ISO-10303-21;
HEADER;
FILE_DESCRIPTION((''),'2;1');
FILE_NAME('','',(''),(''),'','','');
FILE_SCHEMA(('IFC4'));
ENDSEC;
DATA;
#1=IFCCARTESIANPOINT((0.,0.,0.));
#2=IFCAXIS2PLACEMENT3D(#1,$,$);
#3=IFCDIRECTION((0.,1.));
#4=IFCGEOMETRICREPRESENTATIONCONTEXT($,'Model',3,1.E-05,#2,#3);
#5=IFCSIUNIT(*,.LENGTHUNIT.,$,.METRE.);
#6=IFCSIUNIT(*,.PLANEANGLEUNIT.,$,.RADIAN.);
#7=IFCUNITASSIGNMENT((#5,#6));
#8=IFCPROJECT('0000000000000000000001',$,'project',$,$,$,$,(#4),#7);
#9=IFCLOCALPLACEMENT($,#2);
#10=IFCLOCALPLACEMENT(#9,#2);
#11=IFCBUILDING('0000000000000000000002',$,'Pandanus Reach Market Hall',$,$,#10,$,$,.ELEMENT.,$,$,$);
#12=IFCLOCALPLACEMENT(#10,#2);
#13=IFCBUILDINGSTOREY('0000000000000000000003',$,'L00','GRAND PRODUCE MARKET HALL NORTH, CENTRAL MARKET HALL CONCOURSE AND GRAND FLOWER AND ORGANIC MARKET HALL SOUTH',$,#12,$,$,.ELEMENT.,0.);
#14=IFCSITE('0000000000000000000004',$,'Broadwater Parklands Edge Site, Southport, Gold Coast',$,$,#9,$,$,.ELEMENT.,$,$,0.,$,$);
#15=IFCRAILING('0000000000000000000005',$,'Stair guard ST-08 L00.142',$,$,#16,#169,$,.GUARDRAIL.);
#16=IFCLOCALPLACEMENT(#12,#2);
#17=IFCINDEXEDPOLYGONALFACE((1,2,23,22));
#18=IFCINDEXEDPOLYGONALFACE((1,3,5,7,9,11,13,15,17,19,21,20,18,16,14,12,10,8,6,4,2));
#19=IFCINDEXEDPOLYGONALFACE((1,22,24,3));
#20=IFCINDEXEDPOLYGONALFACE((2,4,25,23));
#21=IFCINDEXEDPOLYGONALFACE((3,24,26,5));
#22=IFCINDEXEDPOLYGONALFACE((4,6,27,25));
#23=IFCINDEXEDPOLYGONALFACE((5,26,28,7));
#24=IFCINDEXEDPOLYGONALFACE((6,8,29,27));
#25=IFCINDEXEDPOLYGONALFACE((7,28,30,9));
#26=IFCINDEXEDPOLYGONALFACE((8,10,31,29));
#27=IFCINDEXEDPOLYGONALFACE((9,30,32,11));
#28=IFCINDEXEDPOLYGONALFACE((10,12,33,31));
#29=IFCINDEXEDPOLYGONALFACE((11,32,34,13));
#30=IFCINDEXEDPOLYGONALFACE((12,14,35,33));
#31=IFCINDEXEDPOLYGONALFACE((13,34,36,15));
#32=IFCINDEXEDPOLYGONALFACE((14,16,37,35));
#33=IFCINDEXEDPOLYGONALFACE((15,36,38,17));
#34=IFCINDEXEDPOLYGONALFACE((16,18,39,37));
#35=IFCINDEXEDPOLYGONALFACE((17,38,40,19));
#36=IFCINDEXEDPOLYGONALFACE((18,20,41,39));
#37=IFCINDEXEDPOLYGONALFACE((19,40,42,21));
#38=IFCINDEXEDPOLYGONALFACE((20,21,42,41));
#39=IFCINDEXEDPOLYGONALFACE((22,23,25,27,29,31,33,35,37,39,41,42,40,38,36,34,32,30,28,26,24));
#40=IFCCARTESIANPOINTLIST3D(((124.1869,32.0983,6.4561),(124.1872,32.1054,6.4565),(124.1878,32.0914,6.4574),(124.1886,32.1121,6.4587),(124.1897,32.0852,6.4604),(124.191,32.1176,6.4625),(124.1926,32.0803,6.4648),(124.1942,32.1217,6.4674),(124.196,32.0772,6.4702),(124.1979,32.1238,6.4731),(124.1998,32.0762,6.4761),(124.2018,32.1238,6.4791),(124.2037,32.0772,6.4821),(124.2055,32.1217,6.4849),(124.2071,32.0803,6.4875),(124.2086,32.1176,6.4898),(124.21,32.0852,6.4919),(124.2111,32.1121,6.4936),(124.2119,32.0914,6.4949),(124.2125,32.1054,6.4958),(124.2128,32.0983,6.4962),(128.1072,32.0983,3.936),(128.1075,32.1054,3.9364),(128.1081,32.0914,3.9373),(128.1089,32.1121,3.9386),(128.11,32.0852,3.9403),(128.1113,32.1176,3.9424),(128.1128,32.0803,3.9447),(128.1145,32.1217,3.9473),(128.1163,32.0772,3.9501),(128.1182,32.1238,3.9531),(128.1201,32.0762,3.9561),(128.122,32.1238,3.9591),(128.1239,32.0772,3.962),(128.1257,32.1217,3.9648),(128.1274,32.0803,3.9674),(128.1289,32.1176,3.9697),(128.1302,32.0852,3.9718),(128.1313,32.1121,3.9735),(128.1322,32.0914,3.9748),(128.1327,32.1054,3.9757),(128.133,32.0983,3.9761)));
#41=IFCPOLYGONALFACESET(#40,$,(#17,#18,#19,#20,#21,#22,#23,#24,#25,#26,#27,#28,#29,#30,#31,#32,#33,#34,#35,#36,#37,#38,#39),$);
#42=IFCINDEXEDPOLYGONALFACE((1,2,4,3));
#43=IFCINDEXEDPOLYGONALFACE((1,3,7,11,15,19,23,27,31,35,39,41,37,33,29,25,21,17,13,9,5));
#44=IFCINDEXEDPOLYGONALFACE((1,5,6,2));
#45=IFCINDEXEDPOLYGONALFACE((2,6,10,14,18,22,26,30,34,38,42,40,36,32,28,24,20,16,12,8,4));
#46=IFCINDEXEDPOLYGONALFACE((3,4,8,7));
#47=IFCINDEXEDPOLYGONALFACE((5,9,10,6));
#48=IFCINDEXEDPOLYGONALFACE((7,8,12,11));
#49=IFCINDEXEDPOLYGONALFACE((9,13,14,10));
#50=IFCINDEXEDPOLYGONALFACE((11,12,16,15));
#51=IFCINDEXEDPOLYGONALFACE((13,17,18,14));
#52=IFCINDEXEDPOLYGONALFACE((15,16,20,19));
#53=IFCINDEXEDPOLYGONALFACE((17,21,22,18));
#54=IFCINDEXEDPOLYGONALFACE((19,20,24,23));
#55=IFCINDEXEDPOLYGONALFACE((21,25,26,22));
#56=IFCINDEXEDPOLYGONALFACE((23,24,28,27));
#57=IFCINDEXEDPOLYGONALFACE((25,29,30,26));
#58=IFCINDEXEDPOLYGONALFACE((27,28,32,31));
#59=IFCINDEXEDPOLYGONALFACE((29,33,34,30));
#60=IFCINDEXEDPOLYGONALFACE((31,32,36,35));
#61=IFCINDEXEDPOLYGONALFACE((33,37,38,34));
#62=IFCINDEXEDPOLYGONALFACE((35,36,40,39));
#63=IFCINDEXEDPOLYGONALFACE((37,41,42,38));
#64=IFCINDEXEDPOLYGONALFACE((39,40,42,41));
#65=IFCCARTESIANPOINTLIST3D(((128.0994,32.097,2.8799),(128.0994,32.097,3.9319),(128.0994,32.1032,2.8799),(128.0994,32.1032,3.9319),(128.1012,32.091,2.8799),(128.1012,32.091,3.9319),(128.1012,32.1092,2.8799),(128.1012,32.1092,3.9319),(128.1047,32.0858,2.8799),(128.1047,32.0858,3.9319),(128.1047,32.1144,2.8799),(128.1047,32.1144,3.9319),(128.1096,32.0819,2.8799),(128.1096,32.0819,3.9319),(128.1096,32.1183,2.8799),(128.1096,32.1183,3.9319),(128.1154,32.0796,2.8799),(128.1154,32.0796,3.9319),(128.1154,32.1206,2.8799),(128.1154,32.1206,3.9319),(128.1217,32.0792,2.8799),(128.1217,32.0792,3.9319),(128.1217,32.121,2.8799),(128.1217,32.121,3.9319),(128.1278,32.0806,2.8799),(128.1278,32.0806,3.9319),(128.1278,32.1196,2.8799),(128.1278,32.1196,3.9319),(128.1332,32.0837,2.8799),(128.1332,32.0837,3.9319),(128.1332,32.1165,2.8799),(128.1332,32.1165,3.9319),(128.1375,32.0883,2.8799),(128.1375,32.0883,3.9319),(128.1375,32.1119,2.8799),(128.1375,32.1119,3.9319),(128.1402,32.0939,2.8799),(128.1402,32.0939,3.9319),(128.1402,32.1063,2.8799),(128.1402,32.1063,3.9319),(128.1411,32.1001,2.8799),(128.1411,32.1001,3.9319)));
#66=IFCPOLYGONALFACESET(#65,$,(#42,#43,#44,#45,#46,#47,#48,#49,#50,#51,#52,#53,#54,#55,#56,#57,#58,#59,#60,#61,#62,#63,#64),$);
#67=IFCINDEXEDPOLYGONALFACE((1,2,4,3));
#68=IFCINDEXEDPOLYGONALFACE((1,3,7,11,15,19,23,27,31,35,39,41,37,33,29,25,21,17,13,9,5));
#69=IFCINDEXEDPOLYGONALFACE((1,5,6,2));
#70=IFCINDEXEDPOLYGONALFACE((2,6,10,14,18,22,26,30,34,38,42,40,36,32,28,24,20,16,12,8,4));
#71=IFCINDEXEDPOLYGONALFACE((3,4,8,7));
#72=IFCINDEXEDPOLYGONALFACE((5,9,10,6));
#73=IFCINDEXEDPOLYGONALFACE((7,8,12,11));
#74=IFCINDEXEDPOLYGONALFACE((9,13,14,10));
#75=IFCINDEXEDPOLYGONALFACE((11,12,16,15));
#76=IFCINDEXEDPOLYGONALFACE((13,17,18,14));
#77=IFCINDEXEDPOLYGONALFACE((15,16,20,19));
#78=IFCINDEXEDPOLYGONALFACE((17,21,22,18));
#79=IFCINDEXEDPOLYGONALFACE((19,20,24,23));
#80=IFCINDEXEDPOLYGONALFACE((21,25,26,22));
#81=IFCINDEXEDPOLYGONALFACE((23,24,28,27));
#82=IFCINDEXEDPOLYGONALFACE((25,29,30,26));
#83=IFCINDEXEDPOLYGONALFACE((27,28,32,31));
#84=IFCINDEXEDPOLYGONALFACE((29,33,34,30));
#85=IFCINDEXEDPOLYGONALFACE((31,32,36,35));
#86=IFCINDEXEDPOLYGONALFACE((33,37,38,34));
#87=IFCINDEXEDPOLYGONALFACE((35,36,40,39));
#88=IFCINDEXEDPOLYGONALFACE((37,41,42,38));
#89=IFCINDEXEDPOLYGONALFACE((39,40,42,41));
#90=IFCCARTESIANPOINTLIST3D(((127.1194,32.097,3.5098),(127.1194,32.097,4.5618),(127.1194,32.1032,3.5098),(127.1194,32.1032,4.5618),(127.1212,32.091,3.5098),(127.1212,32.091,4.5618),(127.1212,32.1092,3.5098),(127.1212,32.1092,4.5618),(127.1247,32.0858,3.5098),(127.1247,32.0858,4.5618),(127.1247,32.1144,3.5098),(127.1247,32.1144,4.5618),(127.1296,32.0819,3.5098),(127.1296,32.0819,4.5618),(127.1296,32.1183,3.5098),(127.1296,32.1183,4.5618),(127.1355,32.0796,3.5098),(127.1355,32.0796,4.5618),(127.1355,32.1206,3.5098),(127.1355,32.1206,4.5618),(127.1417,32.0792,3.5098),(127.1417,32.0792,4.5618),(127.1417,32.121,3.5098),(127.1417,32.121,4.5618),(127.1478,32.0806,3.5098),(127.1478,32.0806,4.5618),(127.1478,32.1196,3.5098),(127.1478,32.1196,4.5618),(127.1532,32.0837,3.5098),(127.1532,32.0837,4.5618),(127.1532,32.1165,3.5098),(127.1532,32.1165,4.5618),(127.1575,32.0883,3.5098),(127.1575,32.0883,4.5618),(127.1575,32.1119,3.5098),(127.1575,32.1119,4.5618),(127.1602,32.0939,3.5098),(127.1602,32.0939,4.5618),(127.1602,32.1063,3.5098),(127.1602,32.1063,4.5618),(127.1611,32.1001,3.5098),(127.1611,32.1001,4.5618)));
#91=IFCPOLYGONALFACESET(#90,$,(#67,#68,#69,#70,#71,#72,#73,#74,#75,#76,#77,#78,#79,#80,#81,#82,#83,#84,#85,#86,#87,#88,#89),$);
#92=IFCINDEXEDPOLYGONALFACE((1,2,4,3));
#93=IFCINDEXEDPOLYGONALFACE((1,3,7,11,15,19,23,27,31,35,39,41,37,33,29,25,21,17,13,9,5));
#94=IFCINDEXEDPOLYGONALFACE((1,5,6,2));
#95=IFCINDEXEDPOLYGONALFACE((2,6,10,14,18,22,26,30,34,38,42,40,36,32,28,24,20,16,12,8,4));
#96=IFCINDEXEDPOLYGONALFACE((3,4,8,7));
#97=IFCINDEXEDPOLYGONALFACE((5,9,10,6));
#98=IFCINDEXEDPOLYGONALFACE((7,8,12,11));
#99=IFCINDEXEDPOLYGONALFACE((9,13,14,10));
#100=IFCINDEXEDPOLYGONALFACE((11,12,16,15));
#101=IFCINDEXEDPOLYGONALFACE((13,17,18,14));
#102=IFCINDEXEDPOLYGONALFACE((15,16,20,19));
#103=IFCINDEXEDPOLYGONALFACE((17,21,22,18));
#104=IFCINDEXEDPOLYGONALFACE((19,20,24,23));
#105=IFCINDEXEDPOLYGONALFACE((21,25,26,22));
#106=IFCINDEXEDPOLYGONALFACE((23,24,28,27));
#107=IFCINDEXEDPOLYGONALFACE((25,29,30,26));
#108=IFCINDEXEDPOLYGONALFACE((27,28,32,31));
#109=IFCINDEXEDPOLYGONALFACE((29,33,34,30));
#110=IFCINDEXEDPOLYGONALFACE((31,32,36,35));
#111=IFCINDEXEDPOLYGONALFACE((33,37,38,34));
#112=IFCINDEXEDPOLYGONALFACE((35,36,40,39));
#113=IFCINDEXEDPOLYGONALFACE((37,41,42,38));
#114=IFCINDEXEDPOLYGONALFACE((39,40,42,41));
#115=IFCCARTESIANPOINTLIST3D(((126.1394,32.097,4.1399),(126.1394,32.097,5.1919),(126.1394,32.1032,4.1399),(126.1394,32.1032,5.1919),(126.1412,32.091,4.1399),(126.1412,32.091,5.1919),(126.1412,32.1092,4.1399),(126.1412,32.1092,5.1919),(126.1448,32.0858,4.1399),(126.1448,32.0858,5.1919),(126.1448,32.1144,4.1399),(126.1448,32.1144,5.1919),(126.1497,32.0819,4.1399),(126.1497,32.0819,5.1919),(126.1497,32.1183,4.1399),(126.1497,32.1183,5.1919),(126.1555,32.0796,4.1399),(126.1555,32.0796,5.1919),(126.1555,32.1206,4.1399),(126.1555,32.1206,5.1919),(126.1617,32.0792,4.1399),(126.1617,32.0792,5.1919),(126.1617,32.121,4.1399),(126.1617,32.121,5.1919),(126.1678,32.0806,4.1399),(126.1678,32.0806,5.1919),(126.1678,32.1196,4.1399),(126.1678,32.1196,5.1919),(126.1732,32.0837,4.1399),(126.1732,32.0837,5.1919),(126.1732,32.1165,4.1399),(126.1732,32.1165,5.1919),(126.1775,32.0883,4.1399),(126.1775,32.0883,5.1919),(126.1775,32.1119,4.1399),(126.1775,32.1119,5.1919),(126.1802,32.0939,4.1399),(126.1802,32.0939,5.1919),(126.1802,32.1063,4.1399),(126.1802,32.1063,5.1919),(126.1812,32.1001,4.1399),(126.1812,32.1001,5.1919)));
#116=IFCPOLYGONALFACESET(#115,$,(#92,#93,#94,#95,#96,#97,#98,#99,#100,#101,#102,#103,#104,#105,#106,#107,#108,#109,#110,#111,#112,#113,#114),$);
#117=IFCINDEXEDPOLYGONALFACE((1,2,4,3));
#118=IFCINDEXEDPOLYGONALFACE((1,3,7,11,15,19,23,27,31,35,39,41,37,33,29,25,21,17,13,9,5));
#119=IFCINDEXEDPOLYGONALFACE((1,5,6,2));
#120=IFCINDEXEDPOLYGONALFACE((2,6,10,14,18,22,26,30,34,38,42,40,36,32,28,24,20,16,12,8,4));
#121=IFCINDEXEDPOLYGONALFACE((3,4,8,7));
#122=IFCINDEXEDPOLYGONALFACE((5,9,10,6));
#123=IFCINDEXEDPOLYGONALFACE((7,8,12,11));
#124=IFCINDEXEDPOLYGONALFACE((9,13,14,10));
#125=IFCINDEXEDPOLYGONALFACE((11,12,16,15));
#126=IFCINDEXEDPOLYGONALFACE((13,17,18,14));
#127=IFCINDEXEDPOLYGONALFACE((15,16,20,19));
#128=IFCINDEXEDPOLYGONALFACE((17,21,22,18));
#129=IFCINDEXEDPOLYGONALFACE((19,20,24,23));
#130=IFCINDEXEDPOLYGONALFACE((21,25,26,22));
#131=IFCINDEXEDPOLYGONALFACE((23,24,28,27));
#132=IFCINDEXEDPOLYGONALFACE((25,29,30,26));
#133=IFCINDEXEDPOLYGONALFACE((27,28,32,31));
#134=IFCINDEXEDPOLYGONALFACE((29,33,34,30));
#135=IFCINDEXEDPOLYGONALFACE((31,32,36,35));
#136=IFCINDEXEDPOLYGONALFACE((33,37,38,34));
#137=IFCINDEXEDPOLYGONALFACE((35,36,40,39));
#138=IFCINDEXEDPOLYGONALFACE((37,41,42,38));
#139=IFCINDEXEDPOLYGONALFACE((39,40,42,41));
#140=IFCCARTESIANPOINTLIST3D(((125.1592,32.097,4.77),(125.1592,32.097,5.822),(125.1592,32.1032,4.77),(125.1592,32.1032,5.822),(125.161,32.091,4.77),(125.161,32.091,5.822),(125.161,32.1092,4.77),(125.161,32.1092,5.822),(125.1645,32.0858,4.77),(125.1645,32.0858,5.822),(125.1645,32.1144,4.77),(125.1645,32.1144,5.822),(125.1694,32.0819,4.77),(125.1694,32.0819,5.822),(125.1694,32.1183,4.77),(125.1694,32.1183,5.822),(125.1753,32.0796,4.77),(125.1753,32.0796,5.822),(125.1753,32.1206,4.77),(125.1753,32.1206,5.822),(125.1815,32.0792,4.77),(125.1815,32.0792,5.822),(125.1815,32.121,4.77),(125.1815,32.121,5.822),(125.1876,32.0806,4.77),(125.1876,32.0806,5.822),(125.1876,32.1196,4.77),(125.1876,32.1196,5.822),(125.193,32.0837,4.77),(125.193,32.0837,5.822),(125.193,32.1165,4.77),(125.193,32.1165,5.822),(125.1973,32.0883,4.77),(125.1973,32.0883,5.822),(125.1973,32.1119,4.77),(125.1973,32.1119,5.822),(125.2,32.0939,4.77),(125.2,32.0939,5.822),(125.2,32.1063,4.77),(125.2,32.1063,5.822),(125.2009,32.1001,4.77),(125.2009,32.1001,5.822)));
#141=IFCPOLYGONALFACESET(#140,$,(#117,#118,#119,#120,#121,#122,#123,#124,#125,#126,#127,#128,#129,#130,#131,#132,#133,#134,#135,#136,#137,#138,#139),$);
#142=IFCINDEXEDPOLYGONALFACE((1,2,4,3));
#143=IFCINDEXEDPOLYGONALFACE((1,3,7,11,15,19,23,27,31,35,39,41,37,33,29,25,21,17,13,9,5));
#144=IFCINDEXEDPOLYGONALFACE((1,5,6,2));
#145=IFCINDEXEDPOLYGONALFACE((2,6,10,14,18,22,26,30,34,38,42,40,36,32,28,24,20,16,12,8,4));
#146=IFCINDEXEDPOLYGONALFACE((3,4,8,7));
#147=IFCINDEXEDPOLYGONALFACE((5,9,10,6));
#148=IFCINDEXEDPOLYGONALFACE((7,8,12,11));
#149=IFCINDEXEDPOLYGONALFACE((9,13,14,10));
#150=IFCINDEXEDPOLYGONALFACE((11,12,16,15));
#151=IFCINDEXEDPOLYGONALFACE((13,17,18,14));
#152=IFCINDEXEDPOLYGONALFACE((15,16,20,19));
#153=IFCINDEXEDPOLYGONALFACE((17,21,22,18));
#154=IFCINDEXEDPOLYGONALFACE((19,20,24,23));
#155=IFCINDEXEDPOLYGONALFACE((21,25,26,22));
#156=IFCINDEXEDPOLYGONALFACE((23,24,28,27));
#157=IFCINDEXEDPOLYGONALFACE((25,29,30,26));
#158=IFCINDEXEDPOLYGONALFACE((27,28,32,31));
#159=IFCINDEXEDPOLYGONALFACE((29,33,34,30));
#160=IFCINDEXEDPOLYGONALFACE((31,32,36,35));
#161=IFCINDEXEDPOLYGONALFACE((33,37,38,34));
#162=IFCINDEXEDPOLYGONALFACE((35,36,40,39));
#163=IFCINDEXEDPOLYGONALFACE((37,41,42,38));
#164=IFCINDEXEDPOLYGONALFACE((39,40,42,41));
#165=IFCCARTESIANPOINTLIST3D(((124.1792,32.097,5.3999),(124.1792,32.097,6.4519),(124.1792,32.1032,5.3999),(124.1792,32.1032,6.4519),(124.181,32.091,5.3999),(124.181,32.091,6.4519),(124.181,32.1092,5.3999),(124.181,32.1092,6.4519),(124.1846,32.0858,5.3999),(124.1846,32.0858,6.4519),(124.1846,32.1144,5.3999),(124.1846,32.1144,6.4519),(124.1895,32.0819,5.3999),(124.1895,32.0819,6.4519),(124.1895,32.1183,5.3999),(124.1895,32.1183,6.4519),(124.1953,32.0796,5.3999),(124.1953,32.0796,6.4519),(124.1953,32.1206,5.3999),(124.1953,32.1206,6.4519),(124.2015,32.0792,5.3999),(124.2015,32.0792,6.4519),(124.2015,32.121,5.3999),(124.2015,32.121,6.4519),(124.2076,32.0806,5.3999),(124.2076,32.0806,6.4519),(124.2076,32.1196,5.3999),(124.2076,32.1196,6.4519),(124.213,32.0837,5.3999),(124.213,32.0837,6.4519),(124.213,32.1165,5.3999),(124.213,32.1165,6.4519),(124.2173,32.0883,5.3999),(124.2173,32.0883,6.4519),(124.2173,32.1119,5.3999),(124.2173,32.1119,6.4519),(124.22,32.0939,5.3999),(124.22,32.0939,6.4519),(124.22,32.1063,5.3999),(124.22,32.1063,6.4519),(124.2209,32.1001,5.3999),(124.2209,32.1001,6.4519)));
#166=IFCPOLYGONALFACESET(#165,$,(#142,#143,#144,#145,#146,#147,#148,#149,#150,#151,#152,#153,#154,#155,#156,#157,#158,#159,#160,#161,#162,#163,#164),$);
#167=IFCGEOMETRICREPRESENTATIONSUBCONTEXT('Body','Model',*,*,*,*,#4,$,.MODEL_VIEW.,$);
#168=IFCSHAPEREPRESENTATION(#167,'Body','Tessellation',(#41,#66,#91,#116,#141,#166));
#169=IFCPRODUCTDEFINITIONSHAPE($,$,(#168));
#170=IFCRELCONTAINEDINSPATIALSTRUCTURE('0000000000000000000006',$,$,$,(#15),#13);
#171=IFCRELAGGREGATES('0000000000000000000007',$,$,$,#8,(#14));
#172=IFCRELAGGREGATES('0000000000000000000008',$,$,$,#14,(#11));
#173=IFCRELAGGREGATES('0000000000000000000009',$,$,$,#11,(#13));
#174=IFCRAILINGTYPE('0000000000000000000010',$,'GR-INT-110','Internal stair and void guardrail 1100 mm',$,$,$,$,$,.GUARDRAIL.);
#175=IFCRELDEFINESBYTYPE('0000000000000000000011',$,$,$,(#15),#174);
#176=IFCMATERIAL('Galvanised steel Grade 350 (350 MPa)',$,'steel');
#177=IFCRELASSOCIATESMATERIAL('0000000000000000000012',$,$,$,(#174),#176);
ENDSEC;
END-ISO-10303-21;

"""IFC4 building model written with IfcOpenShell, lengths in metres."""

from ifc_helpers import new_model, si_unit, direction, frame, origin, origin_2d, place, context, subcontext, project, spatial, circle, extrude, material, type_object, element, save


model = new_model("IFC4")

# Units and contexts
model_context = context("Model", 3, precision=1e-05, world=origin(), true_north=direction((0.0, 1.0)))
body_context = subcontext(model_context, "Body", "Model", "MODEL_VIEW")
ifc_project = project(units=[si_unit("LENGTHUNIT", "METRE"), si_unit("PLANEANGLEUNIT", "RADIAN")], contexts=[model_context])

# Site, building, storey
site_placement = place(None, origin())
site = spatial("IfcSite", under=ifc_project, at=site_placement, Name="Broadwater Parklands Edge Site, Southport, Gold Coast", CompositionType="ELEMENT", RefElevation=0.0)
building_placement = place(site_placement, origin())
building = spatial("IfcBuilding", under=site, at=building_placement, Name="Pandanus Reach Market Hall", CompositionType="ELEMENT")
storey_placement = place(building_placement, origin())
storey = spatial("IfcBuildingStorey", under=building, at=storey_placement, Name="L00", Description="GRAND PRODUCE MARKET HALL NORTH, CENTRAL MARKET HALL CONCOURSE AND GRAND FLOWER AND ORGANIC MARKET HALL SOUTH", CompositionType="ELEMENT", Elevation=0.0)

# Railing
ifc_material_1 = material(Name="Galvanised steel Grade 350 (350 MPa)", Category="steel")
railing_type_1 = type_object("IfcRailingType", Name="GR-INT-110", Description="Internal stair and void guardrail 1100 mm", PredefinedType="GUARDRAIL", material=ifc_material_1)
railing_1_placement = place(storey_placement, frame((128.1201, 32.1001, 2.8799)))
element("IfcRailing", 1, at=railing_1_placement, inside=storey, type_object=railing_type_1, Name="Stair guard ST-08 L00.142", PredefinedType="GUARDRAIL", context=body_context, shape_type="SweptSolid", body=[
    extrude(circle(Radius=0.0239, at=origin_2d()), frame((0.0, 0.0, 1.0762), z_axis=(-0.841187, 0.0, 0.540744), x_axis=(0.0, -1.0, 0.0)), (0.0, 0.0, 1.0), 4.6604),
    extrude(circle(Radius=0.021, at=origin_2d()), origin(), (0.0, 0.0, 1.0), 1.052),
    extrude(circle(Radius=0.021, at=origin_2d()), frame((-0.98, 0.0, 0.6299)), (0.0, 0.0, 1.0), 1.052),
    extrude(circle(Radius=0.021, at=origin_2d()), frame((-1.96, 0.0, 1.26)), (0.0, 0.0, 1.0), 1.052),
    extrude(circle(Radius=0.021, at=origin_2d()), frame((-2.9402, 0.0, 1.8901)), (0.0, 0.0, 1.0), 1.052),
    extrude(circle(Radius=0.021, at=origin_2d()), frame((-3.9202, 0.0, 2.52)), (0.0, 0.0, 1.0), 1.052),
])

save(model, "model.ifc")
